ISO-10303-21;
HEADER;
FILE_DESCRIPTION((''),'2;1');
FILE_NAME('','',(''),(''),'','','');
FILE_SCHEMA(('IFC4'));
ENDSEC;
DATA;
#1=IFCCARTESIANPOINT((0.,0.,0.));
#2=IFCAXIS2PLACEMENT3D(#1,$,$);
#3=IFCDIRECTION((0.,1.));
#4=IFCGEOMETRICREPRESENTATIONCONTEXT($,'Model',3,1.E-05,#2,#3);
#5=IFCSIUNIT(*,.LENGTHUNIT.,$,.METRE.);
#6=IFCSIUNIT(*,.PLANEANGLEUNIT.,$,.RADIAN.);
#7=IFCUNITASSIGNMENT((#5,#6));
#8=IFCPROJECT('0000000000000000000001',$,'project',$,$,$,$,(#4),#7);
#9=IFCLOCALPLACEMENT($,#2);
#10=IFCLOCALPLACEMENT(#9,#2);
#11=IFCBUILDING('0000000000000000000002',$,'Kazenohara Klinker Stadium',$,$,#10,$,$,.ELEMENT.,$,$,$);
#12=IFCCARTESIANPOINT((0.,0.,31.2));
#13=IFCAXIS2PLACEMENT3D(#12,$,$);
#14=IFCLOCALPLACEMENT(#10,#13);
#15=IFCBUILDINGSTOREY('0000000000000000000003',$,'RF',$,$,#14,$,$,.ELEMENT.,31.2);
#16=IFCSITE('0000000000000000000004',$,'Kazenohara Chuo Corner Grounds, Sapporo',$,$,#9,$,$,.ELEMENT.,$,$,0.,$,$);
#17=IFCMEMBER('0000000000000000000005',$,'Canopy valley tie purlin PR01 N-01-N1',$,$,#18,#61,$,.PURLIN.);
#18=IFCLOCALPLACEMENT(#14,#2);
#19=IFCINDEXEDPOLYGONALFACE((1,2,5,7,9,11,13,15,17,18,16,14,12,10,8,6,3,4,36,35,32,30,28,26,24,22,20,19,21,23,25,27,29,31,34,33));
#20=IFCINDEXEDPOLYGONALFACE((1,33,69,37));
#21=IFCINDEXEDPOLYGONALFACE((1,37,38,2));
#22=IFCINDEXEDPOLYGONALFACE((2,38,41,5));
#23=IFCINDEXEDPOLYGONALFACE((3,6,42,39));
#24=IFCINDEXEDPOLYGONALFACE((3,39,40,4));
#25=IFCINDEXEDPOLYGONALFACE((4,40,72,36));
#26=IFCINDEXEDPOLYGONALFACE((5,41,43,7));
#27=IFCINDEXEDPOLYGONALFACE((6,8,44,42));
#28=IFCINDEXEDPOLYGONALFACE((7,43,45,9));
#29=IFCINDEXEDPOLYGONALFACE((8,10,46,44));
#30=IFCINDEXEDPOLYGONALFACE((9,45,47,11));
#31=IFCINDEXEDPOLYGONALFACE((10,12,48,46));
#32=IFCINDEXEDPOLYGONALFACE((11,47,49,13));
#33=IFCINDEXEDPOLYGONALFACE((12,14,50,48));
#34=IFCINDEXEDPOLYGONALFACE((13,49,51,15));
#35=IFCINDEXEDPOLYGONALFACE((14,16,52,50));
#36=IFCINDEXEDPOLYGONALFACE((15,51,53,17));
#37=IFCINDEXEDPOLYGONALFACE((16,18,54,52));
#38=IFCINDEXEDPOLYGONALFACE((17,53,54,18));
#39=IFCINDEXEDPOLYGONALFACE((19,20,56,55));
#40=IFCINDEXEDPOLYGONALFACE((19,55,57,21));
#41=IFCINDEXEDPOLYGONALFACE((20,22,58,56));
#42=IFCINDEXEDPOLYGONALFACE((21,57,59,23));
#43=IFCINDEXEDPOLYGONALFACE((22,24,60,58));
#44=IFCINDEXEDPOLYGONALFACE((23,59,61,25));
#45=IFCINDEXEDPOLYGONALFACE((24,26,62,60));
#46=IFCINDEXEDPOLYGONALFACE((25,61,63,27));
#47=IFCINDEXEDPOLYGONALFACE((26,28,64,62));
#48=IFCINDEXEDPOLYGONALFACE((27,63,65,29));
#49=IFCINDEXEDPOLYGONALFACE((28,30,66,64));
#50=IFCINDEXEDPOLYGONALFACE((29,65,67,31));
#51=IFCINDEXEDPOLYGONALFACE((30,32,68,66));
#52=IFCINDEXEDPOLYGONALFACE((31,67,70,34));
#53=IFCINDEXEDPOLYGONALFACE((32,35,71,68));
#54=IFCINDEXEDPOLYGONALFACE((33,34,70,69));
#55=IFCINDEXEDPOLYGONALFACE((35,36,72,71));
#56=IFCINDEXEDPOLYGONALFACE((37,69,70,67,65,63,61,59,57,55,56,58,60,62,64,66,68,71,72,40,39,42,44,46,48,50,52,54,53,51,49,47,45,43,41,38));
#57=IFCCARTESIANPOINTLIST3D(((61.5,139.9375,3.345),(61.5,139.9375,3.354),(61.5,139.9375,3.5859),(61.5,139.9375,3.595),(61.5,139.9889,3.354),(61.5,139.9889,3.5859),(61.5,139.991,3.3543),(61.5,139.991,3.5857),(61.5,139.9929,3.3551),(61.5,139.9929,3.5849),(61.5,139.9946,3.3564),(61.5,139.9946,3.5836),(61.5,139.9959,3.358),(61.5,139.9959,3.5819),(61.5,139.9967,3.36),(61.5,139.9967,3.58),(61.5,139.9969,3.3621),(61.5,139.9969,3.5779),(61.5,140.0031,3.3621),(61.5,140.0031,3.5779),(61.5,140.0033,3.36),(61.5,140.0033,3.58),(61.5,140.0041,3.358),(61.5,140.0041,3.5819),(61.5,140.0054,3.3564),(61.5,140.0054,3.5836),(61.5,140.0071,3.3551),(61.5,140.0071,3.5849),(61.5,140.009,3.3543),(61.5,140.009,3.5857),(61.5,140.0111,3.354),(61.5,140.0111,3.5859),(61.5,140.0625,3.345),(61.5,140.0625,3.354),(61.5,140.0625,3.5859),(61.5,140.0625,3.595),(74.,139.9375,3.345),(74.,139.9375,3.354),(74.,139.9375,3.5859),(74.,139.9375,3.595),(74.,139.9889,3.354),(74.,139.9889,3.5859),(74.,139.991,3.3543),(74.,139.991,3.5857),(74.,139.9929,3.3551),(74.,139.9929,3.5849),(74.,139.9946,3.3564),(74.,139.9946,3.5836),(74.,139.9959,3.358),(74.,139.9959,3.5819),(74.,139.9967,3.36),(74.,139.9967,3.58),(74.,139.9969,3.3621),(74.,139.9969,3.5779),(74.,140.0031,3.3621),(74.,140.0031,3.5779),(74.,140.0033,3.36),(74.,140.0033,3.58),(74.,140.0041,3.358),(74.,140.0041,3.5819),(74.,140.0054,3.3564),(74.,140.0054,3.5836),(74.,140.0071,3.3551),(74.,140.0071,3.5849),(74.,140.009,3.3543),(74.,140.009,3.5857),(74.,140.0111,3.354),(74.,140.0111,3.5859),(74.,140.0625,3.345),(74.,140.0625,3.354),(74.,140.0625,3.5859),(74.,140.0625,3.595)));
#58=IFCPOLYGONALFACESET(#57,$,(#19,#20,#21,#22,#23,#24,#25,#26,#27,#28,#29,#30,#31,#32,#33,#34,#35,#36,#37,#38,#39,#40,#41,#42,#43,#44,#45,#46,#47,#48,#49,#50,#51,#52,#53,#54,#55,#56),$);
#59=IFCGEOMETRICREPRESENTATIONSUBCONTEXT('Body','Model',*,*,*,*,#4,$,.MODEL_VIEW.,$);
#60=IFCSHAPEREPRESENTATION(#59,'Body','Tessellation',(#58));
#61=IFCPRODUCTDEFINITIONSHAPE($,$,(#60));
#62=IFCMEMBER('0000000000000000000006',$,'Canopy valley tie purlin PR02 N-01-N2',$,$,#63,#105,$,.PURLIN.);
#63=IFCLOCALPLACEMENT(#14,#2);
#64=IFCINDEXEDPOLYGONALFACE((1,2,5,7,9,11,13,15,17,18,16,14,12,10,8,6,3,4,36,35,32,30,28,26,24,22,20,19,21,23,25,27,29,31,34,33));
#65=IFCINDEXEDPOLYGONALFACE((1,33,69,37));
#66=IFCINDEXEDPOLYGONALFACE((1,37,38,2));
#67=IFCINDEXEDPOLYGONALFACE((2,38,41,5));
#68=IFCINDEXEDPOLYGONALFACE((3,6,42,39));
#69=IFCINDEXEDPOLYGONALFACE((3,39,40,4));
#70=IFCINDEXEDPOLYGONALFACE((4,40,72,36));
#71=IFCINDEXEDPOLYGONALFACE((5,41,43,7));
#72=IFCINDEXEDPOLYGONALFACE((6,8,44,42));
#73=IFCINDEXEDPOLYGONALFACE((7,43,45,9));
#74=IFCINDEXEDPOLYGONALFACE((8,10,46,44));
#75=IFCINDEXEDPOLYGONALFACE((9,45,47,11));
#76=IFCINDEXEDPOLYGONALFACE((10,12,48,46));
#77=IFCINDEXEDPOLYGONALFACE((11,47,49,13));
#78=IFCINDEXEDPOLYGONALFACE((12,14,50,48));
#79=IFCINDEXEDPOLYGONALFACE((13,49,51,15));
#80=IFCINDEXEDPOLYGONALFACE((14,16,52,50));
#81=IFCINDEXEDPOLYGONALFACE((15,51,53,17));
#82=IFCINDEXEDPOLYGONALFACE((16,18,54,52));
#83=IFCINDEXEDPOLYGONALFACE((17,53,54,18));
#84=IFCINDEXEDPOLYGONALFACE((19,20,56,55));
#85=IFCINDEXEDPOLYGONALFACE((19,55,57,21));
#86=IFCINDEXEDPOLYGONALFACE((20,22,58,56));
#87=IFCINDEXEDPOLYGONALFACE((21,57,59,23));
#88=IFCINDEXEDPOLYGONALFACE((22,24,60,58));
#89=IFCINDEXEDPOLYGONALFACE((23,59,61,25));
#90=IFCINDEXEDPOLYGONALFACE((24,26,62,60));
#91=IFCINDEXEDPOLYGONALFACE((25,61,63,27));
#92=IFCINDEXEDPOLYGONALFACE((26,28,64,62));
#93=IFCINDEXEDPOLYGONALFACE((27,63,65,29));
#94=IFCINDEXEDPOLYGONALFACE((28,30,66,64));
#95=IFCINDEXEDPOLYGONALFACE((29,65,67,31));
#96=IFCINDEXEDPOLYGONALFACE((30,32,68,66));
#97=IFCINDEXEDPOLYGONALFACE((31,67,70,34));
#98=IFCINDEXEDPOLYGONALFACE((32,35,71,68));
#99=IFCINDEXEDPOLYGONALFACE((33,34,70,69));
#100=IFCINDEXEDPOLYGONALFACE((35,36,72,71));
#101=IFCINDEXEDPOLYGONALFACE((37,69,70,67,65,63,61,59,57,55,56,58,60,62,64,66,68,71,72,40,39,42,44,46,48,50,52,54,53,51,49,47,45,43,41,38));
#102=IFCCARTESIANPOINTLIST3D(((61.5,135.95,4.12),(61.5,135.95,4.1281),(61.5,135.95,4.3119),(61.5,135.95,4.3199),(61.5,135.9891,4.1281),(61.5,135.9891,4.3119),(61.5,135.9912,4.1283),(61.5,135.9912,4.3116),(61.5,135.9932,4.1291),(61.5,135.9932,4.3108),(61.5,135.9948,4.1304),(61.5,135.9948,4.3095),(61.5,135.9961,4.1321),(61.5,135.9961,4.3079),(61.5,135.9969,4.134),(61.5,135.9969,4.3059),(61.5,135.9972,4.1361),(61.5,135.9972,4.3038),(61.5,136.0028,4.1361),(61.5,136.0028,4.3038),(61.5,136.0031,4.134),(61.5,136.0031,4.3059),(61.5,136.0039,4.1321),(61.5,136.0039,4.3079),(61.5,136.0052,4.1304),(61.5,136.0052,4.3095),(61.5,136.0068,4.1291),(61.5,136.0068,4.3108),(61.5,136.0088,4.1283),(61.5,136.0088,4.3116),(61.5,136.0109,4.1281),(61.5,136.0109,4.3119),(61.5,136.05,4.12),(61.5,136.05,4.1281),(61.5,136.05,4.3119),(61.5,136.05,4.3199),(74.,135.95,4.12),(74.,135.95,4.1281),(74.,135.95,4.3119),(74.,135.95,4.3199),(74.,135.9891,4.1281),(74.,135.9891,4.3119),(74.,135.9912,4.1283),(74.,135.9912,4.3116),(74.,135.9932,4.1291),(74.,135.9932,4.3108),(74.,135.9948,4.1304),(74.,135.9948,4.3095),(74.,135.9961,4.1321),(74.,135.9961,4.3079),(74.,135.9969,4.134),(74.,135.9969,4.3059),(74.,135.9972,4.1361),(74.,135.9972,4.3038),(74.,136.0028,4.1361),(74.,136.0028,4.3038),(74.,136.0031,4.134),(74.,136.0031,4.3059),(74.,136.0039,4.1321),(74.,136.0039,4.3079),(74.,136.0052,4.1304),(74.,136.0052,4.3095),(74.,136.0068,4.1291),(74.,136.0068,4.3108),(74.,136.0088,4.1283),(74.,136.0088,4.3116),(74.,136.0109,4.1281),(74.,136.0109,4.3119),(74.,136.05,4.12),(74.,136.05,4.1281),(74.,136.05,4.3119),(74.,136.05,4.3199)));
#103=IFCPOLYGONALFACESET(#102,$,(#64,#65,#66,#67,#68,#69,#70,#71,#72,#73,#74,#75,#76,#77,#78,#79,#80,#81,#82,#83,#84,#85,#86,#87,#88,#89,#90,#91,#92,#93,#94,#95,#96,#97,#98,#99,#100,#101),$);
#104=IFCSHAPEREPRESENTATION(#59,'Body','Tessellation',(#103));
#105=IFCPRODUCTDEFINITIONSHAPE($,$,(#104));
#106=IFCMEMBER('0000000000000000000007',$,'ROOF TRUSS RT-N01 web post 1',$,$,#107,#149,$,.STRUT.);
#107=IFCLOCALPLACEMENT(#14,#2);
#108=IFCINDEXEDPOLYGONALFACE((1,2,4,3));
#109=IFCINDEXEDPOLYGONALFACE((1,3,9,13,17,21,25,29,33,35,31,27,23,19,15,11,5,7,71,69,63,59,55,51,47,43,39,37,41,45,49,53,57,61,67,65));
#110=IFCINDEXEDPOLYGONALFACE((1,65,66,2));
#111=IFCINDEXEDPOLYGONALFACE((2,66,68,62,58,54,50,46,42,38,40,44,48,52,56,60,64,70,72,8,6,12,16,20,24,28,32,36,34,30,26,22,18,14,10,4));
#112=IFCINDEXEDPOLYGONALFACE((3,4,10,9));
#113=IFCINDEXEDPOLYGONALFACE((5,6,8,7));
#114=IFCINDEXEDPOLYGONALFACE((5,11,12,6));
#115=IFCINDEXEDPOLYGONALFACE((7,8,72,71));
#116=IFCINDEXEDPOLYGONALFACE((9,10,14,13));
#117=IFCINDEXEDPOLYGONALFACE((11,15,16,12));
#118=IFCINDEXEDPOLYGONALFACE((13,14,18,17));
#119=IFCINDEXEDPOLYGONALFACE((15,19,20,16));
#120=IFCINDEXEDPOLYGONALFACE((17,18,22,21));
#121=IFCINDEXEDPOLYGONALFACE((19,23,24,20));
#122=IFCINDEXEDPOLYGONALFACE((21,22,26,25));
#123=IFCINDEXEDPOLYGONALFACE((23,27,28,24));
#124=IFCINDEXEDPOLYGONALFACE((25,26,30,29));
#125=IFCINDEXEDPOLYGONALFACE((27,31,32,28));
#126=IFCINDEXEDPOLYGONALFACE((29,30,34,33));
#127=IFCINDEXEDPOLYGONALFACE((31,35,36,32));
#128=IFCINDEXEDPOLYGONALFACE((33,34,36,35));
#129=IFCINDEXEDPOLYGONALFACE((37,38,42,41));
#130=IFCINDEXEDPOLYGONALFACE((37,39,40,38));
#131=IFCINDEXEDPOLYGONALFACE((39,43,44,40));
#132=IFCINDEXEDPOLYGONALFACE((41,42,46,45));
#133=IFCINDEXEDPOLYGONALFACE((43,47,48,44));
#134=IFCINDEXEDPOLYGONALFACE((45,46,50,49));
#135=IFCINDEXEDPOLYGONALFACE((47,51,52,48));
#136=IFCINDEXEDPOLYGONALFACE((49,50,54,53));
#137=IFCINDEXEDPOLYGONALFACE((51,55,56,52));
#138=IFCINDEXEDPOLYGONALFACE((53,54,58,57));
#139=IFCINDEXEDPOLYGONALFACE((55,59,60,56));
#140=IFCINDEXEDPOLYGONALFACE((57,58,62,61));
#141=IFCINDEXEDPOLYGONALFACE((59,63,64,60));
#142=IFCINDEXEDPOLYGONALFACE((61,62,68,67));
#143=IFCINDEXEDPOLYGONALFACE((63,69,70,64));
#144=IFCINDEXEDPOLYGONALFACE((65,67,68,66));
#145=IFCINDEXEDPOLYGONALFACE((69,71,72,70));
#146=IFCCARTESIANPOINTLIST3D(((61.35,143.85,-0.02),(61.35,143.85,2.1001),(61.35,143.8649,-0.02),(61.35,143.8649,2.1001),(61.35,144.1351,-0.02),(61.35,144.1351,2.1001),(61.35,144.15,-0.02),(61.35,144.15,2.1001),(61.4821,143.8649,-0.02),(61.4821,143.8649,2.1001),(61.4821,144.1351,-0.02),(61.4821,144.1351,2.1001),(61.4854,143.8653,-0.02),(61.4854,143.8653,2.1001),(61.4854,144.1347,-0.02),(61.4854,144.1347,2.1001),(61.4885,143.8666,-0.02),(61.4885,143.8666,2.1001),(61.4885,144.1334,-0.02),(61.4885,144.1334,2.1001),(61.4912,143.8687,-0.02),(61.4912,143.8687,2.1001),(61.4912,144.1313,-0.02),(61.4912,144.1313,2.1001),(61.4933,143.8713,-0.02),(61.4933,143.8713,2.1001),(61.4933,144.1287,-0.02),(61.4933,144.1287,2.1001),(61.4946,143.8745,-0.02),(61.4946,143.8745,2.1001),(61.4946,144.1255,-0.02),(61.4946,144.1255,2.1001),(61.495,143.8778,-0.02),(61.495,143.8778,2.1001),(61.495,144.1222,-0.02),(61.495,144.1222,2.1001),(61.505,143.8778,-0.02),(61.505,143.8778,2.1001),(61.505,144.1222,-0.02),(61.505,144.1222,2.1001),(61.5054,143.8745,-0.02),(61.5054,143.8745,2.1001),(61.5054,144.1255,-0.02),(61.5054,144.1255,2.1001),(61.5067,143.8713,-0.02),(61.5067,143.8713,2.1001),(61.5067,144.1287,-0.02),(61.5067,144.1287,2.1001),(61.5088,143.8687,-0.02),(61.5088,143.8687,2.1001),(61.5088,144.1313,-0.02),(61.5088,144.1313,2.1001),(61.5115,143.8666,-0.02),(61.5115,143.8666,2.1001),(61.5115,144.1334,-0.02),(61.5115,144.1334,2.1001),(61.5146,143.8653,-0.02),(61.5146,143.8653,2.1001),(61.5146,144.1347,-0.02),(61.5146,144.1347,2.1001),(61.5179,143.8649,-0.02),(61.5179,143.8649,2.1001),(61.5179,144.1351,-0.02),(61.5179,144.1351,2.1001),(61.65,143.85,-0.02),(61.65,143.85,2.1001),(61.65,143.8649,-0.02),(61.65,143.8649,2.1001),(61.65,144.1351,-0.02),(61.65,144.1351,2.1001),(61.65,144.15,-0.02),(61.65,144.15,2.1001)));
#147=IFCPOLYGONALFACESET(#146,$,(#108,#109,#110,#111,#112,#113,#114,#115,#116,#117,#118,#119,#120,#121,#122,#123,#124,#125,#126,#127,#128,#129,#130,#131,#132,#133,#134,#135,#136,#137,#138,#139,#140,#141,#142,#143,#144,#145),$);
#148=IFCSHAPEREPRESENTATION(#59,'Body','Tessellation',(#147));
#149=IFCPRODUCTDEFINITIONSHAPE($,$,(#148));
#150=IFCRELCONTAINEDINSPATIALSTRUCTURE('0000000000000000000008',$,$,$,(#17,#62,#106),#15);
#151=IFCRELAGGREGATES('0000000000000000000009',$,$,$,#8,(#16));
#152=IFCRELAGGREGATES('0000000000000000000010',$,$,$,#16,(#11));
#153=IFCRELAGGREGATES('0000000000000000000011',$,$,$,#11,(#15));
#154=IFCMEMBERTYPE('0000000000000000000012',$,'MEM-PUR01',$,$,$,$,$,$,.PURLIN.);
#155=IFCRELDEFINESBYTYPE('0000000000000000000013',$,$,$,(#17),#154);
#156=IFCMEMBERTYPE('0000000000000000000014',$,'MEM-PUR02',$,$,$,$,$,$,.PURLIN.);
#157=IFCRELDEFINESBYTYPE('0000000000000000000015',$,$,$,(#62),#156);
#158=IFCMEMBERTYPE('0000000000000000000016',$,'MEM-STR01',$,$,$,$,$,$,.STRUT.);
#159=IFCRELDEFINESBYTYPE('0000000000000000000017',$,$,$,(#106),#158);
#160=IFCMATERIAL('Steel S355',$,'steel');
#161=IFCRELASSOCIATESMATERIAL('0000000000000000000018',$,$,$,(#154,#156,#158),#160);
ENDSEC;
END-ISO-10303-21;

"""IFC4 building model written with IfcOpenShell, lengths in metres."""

from ifc_helpers import new_model, si_unit, direction, frame, origin, origin_2d, place, context, subcontext, project, spatial, i_section, extrude, material, material_profile, profile_set, type_object, element, save


model = new_model("IFC4")

# Units and contexts
model_context = context("Model", 3, precision=1e-05, world=origin(), true_north=direction((0.0, 1.0)))
body_context = subcontext(model_context, "Body", "Model", "MODEL_VIEW")
ifc_project = project(units=[si_unit("LENGTHUNIT", "METRE"), si_unit("PLANEANGLEUNIT", "RADIAN")], contexts=[model_context])

# Site, building, storey
site_placement = place(None, origin())
site = spatial("IfcSite", under=ifc_project, at=site_placement, Name="Kazenohara Chuo Corner Grounds, Sapporo", CompositionType="ELEMENT", RefElevation=0.0)
building_placement = place(site_placement, origin())
building = spatial("IfcBuilding", under=site, at=building_placement, Name="Kazenohara Klinker Stadium", CompositionType="ELEMENT")
storey_placement = place(building_placement, frame((0.0, 0.0, 31.2)))
storey = spatial("IfcBuildingStorey", under=building, at=storey_placement, Name="RF", CompositionType="ELEMENT", Elevation=31.2)

# Members
ifc_material_1 = material(Name="Steel S355", Category="steel")
ifc_material_profile_1 = material_profile(ifc_material_1, i_section(OverallWidth=0.125, OverallDepth=0.25, WebThickness=0.0061, FlangeThickness=0.009, FilletRadius=0.0081, at=origin_2d()), Name="H-250x125x6x9")
ifc_profile_set_1 = profile_set([ifc_material_profile_1], Name="Steel S355")
member_type_1 = type_object("IfcMemberType", Name="MEM-PUR01", PredefinedType="PURLIN", material=ifc_profile_set_1)
member_1_placement = place(storey_placement, frame((61.5, 140.0, 3.47), z_axis=(1.0, 0.0, 0.0), x_axis=(0.0, 1.0, 0.0)))
element("IfcMember", 1, at=member_1_placement, inside=storey, type_object=member_type_1, Name="Canopy valley tie purlin PR01 N-01-N1", PredefinedType="PURLIN", context=body_context, shape_type="SweptSolid", body=[
    extrude(i_section(OverallWidth=0.125, OverallDepth=0.25, WebThickness=0.0061, FlangeThickness=0.009, FilletRadius=0.0081, at=origin_2d()), origin(), (0.0, 0.0, 1.0), 12.5),
])
ifc_material_profile_2 = material_profile(ifc_material_1, i_section(OverallWidth=0.1001, OverallDepth=0.2, WebThickness=0.0056, FlangeThickness=0.0081, FilletRadius=0.0081, at=origin_2d()), Name="H-200x100x5.5x8")
ifc_profile_set_2 = profile_set([ifc_material_profile_2], Name="Steel S355")
member_type_2 = type_object("IfcMemberType", Name="MEM-PUR02", PredefinedType="PURLIN", material=ifc_profile_set_2)
member_2_placement = place(storey_placement, frame((61.5, 136.0, 4.22), z_axis=(1.0, 0.0, 0.0), x_axis=(0.0, 1.0, 0.0)))
element("IfcMember", 2, at=member_2_placement, inside=storey, type_object=member_type_2, Name="Canopy valley tie purlin PR02 N-01-N2", PredefinedType="PURLIN", context=body_context, shape_type="SweptSolid", body=[
    extrude(i_section(OverallWidth=0.1001, OverallDepth=0.2, WebThickness=0.0056, FlangeThickness=0.0081, FilletRadius=0.0081, at=origin_2d()), origin(), (0.0, 0.0, 1.0), 12.5),
])
ifc_material_profile_3 = material_profile(ifc_material_1, i_section(OverallWidth=0.3, OverallDepth=0.3, WebThickness=0.01, FlangeThickness=0.0149, FilletRadius=0.0129, at=origin_2d()), Name="H-300x300x10x15")
ifc_profile_set_3 = profile_set([ifc_material_profile_3], Name="Steel S355")
member_type_3 = type_object("IfcMemberType", Name="MEM-STR01", PredefinedType="STRUT", material=ifc_profile_set_3)
member_3_placement = place(storey_placement, frame((61.5, 144.0, -0.02), z_axis=(0.0, 0.0, 1.0), x_axis=(1.0, 0.0, 0.0)))
element("IfcMember", 3, at=member_3_placement, inside=storey, type_object=member_type_3, Name="ROOF TRUSS RT-N01 web post 1", PredefinedType="STRUT", context=body_context, shape_type="SweptSolid", body=[
    extrude(i_section(OverallWidth=0.3, OverallDepth=0.3, WebThickness=0.01, FlangeThickness=0.0149, FilletRadius=0.0129, at=origin_2d()), origin(), (0.0, 0.0, 1.0), 2.1201),
])

save(model, "model.ifc")
